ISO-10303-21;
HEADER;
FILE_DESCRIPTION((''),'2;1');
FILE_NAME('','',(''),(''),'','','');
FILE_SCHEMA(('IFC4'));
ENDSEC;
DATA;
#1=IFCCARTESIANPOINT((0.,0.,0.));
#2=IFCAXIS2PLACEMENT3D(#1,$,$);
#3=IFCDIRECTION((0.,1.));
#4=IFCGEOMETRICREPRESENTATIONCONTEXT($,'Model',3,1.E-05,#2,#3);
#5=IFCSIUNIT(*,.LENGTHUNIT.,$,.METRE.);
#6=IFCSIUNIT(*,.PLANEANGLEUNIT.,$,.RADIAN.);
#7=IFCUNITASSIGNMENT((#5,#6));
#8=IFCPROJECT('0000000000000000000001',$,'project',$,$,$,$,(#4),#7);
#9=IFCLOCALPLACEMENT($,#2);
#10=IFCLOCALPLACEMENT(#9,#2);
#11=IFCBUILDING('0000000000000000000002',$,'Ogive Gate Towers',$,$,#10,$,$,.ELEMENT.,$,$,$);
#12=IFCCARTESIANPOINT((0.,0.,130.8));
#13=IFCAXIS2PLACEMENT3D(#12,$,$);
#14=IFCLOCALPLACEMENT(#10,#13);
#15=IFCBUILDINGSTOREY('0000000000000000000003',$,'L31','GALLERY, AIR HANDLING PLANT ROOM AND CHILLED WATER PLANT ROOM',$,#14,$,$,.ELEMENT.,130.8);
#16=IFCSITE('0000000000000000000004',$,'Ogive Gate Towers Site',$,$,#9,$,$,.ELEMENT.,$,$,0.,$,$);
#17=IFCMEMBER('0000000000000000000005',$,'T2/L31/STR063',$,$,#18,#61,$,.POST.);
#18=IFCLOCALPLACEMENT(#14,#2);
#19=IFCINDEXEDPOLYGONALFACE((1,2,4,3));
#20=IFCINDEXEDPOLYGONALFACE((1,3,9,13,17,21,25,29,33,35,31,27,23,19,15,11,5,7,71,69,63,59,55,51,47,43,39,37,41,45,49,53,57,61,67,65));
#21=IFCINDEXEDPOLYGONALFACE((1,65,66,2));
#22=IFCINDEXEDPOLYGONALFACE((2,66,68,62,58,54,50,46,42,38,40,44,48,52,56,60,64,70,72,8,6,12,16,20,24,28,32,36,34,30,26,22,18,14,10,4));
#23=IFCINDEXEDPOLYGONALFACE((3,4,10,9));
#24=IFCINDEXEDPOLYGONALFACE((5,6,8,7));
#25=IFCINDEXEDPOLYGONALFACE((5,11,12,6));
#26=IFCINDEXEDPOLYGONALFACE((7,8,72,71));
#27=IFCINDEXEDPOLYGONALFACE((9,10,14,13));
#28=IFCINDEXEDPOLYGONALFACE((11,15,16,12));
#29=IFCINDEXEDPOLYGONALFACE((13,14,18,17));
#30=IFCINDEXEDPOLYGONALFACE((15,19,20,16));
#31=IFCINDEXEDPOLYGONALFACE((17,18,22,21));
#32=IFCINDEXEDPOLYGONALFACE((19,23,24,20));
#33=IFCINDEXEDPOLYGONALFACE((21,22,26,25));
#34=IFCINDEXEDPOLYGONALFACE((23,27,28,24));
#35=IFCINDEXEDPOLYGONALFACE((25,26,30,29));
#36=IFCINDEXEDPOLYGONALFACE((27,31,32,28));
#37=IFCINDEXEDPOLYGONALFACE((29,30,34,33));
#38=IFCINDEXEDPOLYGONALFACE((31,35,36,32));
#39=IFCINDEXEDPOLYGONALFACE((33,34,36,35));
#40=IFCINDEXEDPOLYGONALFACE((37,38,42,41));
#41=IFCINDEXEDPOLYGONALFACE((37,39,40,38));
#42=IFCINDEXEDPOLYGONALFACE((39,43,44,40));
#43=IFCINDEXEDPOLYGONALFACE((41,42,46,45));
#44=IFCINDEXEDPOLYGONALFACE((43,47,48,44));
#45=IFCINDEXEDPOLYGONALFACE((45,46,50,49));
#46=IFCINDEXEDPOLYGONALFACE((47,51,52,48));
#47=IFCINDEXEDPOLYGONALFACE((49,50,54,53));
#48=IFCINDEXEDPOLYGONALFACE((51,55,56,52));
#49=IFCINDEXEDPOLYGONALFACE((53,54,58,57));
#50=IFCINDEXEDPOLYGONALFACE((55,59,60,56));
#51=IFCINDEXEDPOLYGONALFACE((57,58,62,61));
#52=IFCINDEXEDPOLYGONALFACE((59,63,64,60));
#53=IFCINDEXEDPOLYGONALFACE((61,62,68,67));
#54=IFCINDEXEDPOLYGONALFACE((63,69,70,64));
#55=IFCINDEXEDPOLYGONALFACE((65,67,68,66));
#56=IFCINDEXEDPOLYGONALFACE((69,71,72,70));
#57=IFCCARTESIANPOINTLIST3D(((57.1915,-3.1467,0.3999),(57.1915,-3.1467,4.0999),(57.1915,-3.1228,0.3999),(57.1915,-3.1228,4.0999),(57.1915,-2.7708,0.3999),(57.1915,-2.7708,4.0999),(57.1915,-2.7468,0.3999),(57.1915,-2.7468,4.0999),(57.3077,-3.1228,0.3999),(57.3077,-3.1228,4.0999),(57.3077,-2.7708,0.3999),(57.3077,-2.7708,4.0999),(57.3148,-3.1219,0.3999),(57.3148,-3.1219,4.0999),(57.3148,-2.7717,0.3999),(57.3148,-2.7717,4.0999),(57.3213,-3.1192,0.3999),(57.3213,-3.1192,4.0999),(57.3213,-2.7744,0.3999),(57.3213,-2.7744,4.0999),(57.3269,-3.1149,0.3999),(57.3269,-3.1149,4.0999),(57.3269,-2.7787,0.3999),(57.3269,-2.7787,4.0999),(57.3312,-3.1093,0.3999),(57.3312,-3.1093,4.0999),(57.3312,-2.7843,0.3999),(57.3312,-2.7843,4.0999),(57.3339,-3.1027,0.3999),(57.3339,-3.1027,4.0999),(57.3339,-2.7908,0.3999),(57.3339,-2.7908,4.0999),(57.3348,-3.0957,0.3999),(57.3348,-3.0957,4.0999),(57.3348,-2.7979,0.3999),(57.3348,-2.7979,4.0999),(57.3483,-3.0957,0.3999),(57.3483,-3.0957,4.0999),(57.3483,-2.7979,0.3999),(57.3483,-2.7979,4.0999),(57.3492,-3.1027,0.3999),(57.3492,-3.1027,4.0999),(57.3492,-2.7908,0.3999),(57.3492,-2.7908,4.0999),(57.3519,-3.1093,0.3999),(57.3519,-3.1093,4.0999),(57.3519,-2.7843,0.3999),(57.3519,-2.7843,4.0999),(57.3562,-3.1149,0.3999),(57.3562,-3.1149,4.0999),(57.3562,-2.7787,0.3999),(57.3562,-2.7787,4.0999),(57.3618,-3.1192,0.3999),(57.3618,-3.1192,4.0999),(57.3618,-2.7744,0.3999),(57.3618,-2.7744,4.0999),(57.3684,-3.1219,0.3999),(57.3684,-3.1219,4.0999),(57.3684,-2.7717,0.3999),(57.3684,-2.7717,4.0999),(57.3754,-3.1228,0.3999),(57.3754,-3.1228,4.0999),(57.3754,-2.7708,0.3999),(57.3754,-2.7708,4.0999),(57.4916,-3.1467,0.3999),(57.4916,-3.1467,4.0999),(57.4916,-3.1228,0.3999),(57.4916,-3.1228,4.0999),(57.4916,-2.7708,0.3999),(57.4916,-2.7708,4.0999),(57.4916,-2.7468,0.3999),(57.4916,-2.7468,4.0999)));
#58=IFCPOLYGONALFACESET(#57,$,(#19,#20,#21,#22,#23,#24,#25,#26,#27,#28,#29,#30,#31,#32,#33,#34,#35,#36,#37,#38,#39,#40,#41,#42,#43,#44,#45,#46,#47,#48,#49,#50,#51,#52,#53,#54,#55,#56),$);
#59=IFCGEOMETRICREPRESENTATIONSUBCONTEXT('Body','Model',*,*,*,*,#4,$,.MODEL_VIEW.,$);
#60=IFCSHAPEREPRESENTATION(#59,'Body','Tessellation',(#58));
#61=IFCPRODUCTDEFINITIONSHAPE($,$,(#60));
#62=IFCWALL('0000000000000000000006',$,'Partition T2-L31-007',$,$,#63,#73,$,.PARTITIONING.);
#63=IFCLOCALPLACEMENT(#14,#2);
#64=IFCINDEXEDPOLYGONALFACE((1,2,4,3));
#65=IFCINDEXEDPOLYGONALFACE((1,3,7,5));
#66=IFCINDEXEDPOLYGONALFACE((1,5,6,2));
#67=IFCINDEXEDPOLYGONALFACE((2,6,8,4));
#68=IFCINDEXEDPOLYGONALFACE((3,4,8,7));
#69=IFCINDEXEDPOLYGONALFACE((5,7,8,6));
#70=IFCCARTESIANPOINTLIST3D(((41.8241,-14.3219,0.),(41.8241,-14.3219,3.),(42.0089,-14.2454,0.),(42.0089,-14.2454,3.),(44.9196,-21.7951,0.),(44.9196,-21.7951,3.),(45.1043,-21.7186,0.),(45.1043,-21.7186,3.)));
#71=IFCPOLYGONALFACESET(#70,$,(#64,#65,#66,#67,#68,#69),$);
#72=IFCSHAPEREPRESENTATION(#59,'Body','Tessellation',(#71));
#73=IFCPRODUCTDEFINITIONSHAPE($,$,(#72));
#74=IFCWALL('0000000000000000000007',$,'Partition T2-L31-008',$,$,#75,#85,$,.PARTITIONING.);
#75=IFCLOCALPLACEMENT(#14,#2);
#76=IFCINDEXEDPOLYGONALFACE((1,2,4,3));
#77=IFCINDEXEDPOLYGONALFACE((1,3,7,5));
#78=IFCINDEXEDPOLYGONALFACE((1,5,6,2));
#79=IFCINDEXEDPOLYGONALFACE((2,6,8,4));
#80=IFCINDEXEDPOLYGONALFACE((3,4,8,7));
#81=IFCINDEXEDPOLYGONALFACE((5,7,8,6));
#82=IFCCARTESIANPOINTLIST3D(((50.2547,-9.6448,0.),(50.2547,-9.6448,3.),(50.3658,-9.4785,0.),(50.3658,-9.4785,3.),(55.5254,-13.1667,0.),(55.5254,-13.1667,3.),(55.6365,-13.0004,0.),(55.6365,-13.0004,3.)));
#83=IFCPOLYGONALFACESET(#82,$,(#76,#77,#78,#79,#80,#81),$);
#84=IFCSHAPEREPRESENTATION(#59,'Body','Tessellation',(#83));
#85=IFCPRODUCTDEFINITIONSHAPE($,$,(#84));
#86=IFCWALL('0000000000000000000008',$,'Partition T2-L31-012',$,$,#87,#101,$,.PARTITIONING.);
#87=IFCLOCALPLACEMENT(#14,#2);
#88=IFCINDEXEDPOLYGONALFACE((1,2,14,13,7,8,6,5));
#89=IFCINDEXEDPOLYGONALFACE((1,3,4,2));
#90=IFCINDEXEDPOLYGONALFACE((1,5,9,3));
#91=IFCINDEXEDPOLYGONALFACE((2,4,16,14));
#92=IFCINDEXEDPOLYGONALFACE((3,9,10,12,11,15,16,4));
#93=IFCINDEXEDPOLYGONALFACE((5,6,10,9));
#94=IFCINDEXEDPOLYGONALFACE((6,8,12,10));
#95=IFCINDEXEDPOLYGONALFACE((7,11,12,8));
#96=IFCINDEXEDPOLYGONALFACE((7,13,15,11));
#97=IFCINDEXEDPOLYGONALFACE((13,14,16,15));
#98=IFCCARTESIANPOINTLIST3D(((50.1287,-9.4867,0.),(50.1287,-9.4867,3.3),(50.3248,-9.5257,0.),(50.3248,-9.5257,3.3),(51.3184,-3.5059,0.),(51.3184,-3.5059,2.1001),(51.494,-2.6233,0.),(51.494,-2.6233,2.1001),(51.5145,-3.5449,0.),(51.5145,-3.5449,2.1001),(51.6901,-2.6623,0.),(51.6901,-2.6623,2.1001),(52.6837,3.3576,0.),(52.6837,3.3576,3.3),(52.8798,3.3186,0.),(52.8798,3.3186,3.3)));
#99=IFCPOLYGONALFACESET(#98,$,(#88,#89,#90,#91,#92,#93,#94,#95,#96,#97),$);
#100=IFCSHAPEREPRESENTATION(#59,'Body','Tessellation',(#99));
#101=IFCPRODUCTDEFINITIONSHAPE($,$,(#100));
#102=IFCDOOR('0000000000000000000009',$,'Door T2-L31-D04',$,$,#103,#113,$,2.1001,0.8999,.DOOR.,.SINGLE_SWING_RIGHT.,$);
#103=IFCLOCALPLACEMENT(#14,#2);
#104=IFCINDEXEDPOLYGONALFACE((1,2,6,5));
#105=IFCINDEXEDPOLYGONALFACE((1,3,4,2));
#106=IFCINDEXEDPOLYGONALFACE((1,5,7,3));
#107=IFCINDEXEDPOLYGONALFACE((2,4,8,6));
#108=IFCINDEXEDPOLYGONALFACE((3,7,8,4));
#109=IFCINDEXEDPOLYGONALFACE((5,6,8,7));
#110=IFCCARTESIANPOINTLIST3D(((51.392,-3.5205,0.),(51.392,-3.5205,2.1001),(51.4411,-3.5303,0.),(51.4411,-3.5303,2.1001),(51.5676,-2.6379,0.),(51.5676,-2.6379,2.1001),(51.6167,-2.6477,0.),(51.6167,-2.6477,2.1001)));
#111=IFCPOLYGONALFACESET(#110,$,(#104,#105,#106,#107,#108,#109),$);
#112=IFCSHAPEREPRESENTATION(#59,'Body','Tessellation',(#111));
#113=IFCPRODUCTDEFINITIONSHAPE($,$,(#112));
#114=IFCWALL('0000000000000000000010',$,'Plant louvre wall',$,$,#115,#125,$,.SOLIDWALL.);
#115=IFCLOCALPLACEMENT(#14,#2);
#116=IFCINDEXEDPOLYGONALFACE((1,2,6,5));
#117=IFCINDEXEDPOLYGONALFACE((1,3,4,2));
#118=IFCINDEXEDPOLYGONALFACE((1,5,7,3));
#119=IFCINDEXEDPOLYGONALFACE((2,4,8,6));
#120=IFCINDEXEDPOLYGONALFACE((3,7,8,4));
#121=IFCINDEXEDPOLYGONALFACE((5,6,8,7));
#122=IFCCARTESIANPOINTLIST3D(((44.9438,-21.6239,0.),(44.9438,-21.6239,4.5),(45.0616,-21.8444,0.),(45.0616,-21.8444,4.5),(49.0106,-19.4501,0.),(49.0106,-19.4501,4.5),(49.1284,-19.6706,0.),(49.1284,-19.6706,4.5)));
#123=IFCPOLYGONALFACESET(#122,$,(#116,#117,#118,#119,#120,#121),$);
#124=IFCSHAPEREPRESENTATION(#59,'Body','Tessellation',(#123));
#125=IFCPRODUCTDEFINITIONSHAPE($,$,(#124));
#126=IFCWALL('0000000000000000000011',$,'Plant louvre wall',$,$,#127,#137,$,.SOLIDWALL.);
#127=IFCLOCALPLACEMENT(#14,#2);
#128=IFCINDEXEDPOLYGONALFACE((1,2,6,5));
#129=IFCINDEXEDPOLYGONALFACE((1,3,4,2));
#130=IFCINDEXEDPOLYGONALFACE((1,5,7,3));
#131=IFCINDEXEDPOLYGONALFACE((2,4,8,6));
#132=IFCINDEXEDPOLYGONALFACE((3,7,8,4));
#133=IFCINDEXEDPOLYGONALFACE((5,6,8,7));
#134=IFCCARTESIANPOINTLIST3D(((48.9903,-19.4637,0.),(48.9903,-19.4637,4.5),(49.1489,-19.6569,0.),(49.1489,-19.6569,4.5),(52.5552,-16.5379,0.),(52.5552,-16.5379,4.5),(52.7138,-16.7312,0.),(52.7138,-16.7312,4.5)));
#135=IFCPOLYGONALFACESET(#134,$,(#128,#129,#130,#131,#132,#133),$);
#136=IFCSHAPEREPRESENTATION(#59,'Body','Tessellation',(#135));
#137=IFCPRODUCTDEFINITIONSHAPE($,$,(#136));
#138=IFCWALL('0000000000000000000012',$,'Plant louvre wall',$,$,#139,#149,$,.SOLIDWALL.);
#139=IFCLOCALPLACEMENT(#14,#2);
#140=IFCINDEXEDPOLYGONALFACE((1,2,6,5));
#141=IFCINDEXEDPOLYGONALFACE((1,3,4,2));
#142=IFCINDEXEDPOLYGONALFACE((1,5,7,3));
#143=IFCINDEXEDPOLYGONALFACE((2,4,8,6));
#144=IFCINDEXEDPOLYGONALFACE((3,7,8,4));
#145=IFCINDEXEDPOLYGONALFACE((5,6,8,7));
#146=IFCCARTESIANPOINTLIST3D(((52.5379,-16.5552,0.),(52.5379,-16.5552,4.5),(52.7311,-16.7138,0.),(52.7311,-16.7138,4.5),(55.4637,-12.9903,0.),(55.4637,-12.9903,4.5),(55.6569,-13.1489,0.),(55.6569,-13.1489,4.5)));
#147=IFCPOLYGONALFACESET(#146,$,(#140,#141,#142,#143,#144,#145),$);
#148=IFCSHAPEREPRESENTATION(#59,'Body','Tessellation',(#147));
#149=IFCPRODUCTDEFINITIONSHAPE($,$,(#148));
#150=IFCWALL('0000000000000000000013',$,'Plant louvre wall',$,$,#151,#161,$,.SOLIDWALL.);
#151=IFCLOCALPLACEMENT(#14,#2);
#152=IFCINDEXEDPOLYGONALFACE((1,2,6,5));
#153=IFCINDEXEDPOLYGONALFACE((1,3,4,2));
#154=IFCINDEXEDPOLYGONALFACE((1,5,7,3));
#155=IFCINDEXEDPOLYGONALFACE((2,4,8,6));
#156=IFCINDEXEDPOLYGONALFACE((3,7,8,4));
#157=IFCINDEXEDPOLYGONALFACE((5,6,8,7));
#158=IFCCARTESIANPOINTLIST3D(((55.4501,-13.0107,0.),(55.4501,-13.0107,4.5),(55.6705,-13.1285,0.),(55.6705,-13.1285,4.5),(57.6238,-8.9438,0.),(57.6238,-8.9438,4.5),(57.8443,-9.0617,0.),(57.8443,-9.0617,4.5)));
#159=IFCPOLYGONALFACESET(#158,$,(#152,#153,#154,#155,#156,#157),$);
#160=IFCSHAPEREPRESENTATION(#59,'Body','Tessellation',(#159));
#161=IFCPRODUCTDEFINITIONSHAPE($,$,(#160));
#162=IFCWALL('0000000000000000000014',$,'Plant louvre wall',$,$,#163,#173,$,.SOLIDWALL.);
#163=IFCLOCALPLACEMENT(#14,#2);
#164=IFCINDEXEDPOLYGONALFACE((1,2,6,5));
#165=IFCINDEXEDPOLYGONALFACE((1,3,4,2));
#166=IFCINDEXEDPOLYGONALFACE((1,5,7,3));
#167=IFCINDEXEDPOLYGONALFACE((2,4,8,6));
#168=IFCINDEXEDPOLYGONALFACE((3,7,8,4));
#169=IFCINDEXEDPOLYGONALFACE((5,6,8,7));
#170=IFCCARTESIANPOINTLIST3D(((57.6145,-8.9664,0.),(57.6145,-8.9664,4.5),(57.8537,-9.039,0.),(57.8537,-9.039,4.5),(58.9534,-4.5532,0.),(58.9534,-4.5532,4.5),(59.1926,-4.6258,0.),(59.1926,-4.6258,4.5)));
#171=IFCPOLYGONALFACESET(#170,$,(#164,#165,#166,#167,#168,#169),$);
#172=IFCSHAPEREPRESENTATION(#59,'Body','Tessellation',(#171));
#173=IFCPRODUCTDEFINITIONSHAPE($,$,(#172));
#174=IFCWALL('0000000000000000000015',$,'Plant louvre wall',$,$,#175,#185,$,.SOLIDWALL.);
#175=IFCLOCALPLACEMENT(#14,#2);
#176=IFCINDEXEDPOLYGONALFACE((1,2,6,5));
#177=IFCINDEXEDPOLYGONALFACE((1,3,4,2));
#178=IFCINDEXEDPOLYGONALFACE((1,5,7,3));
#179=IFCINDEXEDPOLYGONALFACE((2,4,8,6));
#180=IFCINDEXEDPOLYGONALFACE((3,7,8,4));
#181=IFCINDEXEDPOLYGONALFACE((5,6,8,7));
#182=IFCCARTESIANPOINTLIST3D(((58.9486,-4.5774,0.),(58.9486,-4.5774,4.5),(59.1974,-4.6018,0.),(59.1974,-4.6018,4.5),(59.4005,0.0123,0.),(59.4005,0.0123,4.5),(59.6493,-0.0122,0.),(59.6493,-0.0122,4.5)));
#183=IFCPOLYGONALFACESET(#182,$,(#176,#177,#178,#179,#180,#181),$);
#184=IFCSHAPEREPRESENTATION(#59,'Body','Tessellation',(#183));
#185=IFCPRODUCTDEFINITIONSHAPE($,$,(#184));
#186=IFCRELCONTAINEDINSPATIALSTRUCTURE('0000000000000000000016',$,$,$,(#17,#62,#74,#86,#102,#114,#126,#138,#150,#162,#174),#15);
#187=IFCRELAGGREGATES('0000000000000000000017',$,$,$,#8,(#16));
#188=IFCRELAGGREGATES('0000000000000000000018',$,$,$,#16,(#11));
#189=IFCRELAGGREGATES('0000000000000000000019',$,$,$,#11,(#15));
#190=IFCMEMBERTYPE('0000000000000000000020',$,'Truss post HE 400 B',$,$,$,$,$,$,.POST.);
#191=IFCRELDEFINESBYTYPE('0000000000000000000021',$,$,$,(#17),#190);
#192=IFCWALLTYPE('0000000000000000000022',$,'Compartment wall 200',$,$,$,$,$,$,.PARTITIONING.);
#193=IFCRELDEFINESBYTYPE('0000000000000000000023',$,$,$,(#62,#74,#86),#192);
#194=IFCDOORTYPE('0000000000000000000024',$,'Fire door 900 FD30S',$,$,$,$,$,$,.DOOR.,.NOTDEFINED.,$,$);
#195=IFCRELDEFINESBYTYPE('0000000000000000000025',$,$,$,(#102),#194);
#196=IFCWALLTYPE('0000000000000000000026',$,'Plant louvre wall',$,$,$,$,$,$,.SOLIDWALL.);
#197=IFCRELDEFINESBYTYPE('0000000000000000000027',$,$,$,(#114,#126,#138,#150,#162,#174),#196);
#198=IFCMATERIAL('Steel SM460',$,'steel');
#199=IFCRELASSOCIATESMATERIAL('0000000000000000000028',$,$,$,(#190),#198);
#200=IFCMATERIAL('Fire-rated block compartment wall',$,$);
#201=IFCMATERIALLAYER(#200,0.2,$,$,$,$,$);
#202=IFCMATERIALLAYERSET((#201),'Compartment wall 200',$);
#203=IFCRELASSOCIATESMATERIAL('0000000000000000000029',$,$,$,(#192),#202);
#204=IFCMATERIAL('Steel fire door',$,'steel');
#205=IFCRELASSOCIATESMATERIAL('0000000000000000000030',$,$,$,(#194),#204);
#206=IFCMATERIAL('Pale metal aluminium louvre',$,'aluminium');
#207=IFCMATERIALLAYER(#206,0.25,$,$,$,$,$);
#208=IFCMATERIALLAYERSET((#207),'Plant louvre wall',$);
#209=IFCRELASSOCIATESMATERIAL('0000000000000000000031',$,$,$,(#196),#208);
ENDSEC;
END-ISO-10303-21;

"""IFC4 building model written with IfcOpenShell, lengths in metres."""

from ifc_helpers import new_model, si_unit, direction, frame, frame_2d, origin, origin_2d, place, context, subcontext, project, spatial, rectangle, i_section, extrude, material, layer, layer_set, material_profile, profile_set, type_object, element, fill, save


model = new_model("IFC4")

# Units and contexts
model_context = context("Model", 3, precision=1e-05, world=origin(), true_north=direction((0.0, 1.0)))
body_context = subcontext(model_context, "Body", "Model", "MODEL_VIEW")
ifc_project = project(units=[si_unit("LENGTHUNIT", "METRE"), si_unit("PLANEANGLEUNIT", "RADIAN")], contexts=[model_context])

# Site, building, storey
site_placement = place(None, origin())
site = spatial("IfcSite", under=ifc_project, at=site_placement, Name="Ogive Gate Towers Site", CompositionType="ELEMENT", RefElevation=0.0)
building_placement = place(site_placement, origin())
building = spatial("IfcBuilding", under=site, at=building_placement, Name="Ogive Gate Towers", CompositionType="ELEMENT")
storey_placement = place(building_placement, frame((0.0, 0.0, 130.8)))
storey = spatial("IfcBuildingStorey", under=building, at=storey_placement, Name="L31", Description="GALLERY, AIR HANDLING PLANT ROOM AND CHILLED WATER PLANT ROOM", CompositionType="ELEMENT", Elevation=130.8)

# Shared definitions
ifc_material_1 = material(Name="Steel SM460", Category="steel")

# Member
ifc_material_profile_1 = material_profile(ifc_material_1, i_section(OverallWidth=0.3, OverallDepth=0.3999, WebThickness=0.0134, FlangeThickness=0.0239, FilletRadius=0.0271, at=origin_2d()), Name="HE 400 B")
ifc_profile_set_1 = profile_set([ifc_material_profile_1], Name="Steel SM460")
member_type_1 = type_object("IfcMemberType", Name="Truss post HE 400 B", PredefinedType="POST", material=ifc_profile_set_1)
for number, where, z_axis, x_axis, name in (
    (1, (57.3416, -2.9468, 0.3999), (0.0, 0.0, 1.0), (1.0, 0.0, 0.0), "T2/L31/STR063"),
):
    element("IfcMember", number, at=place(storey_placement, frame(where, z_axis=z_axis, x_axis=x_axis)), inside=storey, type_object=member_type_1, Name=name, PredefinedType="POST", context=body_context, shape_type="SweptSolid", body=[
        extrude(i_section(OverallWidth=0.3, OverallDepth=0.3999, WebThickness=0.0134, FlangeThickness=0.0239, FilletRadius=0.0271, at=origin_2d()), origin(), (0.0, 0.0, 1.0), 3.7),
    ])

# Walls
ifc_material_2 = material(Name="Fire-rated block compartment wall")
ifc_layer_1 = layer(ifc_material_2, 0.2)
ifc_layer_set_1 = layer_set([ifc_layer_1], Name="Compartment wall 200")
wall_type_1 = type_object("IfcWallType", Name="Compartment wall 200", PredefinedType="PARTITIONING", material=ifc_layer_set_1)
wall_1_placement = place(storey_placement, frame((45.012, -21.7568, 0.0), z_axis=(0.0, 0.0, 1.0), x_axis=(-0.382681, 0.92388, 0.0)))
element("IfcWall", 2, at=wall_1_placement, inside=storey, type_object=wall_type_1, Name="Partition T2-L31-007", PredefinedType="PARTITIONING", context=body_context, shape_type="SweptSolid", body=[
    extrude(rectangle(XDim=8.0889, YDim=0.2, at=frame_2d((4.0444, 0.0))), origin(), (0.0, 0.0, 1.0), 3.0),
])
wall_2_placement = place(storey_placement, frame((55.5808, -13.0835, 0.0), z_axis=(0.0, 0.0, 1.0), x_axis=(-0.831457, 0.555589, 0.0)))
element("IfcWall", 3, at=wall_2_placement, inside=storey, type_object=wall_type_1, Name="Partition T2-L31-008", PredefinedType="PARTITIONING", context=body_context, shape_type="SweptSolid", body=[
    extrude(rectangle(XDim=6.3391, YDim=0.2, at=frame_2d((3.1694, 0.0))), origin(), (0.0, 0.0, 1.0), 3.0),
])

# Wall, opening, door
wall_3_placement = place(storey_placement, frame((50.2268, -9.5061, 0.0), z_axis=(0.0, 0.0, 1.0), x_axis=(0.195094, 0.980784, 0.0)))
wall_3 = element("IfcWall", 4, at=wall_3_placement, inside=storey, type_object=wall_type_1, Name="Partition T2-L31-012", PredefinedType="PARTITIONING", context=body_context, shape_type="SweptSolid", body=[
    extrude(rectangle(XDim=13.0959, YDim=0.2, at=frame_2d((6.5479, 0.0))), origin(), (0.0, 0.0, 1.0), 3.3),
])
opening_placement = place(wall_3_placement, frame((6.0979, 0.0, 0.0)))
opening = element("IfcOpeningElement", 5, at=opening_placement, cuts=wall_3, PredefinedType="OPENING", context=body_context, shape_type="SweptSolid", body=[
    extrude(rectangle(XDim=0.8999, YDim=2.1001, at=frame_2d((0.45, 1.05))), frame((0.0, 0.1099, 0.0), z_axis=(0.0, -1.0, 0.0), x_axis=(1.0, 0.0, 0.0)), (0.0, 0.0, 1.0), 0.22),
])
ifc_material_3 = material(Name="Steel fire door", Category="steel")
door_type = type_object("IfcDoorType", Name="Fire door 900 FD30S", OperationType="NOTDEFINED", PredefinedType="DOOR", material=ifc_material_3)
door_placement = place(opening_placement, origin())
door = element("IfcDoor", 6, at=door_placement, inside=storey, type_object=door_type, Name="Door T2-L31-D04", OperationType="SINGLE_SWING_RIGHT", OverallHeight=2.1001, OverallWidth=0.8999, PredefinedType="DOOR", context=body_context, shape_type="SweptSolid", body=[
    extrude(rectangle(XDim=0.8999, YDim=2.1001, at=frame_2d((0.45, 1.05))), frame((0.0, 0.0249, 0.0), z_axis=(0.0, -1.0, 0.0), x_axis=(1.0, 0.0, 0.0)), (0.0, 0.0, 1.0), 0.05),
])
fill(opening, door)

# Walls
ifc_material_4 = material(Name="Pale metal aluminium louvre", Category="aluminium")
ifc_layer_2 = layer(ifc_material_4, 0.25)
ifc_layer_set_2 = layer_set([ifc_layer_2], Name="Plant louvre wall")
wall_type_2 = type_object("IfcWallType", Name="Plant louvre wall", PredefinedType="SOLIDWALL", material=ifc_layer_set_2)
wall_4_placement = place(storey_placement, frame((45.0027, -21.7341, 0.0), z_axis=(0.0, 0.0, 1.0), x_axis=(0.881919, 0.471401, 0.0)))
element("IfcWall", 7, at=wall_4_placement, inside=storey, type_object=wall_type_2, Name="Plant louvre wall", PredefinedType="SOLIDWALL", context=body_context, shape_type="SweptSolid", body=[
    extrude(rectangle(XDim=4.6113, YDim=0.25, at=frame_2d((2.3057, 0.0))), origin(), (0.0, 0.0, 1.0), 4.5),
])
for number, where, z_axis, x_axis, name in (
    (8, (49.0696, -19.5603, 0.0), (0.0, 0.0, 1.0), (0.772999, 0.634407, 0.0), "Plant louvre wall"),
    (9, (52.6345, -16.6345, 0.0), (0.0, 0.0, 1.0), (0.634407, 0.772999, 0.0), "Plant louvre wall"),
):
    element("IfcWall", number, at=place(storey_placement, frame(where, z_axis=z_axis, x_axis=x_axis)), inside=storey, type_object=wall_type_2, Name=name, PredefinedType="SOLIDWALL", context=body_context, shape_type="SweptSolid", body=[
        extrude(rectangle(XDim=4.6118, YDim=0.25, at=frame_2d((2.3059, 0.0))), origin(), (0.0, 0.0, 1.0), 4.5),
    ])
wall_5_placement = place(storey_placement, frame((55.5603, -13.0696, 0.0), z_axis=(0.0, 0.0, 1.0), x_axis=(0.471401, 0.881919, 0.0)))
element("IfcWall", 10, at=wall_5_placement, inside=storey, type_object=wall_type_2, Name="Plant louvre wall", PredefinedType="SOLIDWALL", context=body_context, shape_type="SweptSolid", body=[
    extrude(rectangle(XDim=4.6113, YDim=0.25, at=frame_2d((2.3057, 0.0))), origin(), (0.0, 0.0, 1.0), 4.5),
])
for number, where, z_axis, x_axis, name in (
    (11, (57.7341, -9.0027, 0.0), (0.0, 0.0, 1.0), (0.290319, 0.95693, 0.0), "Plant louvre wall"),
    (12, (59.073, -4.5896, 0.0), (0.0, 0.0, 1.0), (0.097989, 0.995188, 0.0), "Plant louvre wall"),
):
    element("IfcWall", number, at=place(storey_placement, frame(where, z_axis=z_axis, x_axis=x_axis)), inside=storey, type_object=wall_type_2, Name=name, PredefinedType="SOLIDWALL", context=body_context, shape_type="SweptSolid", body=[
        extrude(rectangle(XDim=4.6118, YDim=0.25, at=frame_2d((2.3059, 0.0))), origin(), (0.0, 0.0, 1.0), 4.5),
    ])

save(model, "model.ifc")
